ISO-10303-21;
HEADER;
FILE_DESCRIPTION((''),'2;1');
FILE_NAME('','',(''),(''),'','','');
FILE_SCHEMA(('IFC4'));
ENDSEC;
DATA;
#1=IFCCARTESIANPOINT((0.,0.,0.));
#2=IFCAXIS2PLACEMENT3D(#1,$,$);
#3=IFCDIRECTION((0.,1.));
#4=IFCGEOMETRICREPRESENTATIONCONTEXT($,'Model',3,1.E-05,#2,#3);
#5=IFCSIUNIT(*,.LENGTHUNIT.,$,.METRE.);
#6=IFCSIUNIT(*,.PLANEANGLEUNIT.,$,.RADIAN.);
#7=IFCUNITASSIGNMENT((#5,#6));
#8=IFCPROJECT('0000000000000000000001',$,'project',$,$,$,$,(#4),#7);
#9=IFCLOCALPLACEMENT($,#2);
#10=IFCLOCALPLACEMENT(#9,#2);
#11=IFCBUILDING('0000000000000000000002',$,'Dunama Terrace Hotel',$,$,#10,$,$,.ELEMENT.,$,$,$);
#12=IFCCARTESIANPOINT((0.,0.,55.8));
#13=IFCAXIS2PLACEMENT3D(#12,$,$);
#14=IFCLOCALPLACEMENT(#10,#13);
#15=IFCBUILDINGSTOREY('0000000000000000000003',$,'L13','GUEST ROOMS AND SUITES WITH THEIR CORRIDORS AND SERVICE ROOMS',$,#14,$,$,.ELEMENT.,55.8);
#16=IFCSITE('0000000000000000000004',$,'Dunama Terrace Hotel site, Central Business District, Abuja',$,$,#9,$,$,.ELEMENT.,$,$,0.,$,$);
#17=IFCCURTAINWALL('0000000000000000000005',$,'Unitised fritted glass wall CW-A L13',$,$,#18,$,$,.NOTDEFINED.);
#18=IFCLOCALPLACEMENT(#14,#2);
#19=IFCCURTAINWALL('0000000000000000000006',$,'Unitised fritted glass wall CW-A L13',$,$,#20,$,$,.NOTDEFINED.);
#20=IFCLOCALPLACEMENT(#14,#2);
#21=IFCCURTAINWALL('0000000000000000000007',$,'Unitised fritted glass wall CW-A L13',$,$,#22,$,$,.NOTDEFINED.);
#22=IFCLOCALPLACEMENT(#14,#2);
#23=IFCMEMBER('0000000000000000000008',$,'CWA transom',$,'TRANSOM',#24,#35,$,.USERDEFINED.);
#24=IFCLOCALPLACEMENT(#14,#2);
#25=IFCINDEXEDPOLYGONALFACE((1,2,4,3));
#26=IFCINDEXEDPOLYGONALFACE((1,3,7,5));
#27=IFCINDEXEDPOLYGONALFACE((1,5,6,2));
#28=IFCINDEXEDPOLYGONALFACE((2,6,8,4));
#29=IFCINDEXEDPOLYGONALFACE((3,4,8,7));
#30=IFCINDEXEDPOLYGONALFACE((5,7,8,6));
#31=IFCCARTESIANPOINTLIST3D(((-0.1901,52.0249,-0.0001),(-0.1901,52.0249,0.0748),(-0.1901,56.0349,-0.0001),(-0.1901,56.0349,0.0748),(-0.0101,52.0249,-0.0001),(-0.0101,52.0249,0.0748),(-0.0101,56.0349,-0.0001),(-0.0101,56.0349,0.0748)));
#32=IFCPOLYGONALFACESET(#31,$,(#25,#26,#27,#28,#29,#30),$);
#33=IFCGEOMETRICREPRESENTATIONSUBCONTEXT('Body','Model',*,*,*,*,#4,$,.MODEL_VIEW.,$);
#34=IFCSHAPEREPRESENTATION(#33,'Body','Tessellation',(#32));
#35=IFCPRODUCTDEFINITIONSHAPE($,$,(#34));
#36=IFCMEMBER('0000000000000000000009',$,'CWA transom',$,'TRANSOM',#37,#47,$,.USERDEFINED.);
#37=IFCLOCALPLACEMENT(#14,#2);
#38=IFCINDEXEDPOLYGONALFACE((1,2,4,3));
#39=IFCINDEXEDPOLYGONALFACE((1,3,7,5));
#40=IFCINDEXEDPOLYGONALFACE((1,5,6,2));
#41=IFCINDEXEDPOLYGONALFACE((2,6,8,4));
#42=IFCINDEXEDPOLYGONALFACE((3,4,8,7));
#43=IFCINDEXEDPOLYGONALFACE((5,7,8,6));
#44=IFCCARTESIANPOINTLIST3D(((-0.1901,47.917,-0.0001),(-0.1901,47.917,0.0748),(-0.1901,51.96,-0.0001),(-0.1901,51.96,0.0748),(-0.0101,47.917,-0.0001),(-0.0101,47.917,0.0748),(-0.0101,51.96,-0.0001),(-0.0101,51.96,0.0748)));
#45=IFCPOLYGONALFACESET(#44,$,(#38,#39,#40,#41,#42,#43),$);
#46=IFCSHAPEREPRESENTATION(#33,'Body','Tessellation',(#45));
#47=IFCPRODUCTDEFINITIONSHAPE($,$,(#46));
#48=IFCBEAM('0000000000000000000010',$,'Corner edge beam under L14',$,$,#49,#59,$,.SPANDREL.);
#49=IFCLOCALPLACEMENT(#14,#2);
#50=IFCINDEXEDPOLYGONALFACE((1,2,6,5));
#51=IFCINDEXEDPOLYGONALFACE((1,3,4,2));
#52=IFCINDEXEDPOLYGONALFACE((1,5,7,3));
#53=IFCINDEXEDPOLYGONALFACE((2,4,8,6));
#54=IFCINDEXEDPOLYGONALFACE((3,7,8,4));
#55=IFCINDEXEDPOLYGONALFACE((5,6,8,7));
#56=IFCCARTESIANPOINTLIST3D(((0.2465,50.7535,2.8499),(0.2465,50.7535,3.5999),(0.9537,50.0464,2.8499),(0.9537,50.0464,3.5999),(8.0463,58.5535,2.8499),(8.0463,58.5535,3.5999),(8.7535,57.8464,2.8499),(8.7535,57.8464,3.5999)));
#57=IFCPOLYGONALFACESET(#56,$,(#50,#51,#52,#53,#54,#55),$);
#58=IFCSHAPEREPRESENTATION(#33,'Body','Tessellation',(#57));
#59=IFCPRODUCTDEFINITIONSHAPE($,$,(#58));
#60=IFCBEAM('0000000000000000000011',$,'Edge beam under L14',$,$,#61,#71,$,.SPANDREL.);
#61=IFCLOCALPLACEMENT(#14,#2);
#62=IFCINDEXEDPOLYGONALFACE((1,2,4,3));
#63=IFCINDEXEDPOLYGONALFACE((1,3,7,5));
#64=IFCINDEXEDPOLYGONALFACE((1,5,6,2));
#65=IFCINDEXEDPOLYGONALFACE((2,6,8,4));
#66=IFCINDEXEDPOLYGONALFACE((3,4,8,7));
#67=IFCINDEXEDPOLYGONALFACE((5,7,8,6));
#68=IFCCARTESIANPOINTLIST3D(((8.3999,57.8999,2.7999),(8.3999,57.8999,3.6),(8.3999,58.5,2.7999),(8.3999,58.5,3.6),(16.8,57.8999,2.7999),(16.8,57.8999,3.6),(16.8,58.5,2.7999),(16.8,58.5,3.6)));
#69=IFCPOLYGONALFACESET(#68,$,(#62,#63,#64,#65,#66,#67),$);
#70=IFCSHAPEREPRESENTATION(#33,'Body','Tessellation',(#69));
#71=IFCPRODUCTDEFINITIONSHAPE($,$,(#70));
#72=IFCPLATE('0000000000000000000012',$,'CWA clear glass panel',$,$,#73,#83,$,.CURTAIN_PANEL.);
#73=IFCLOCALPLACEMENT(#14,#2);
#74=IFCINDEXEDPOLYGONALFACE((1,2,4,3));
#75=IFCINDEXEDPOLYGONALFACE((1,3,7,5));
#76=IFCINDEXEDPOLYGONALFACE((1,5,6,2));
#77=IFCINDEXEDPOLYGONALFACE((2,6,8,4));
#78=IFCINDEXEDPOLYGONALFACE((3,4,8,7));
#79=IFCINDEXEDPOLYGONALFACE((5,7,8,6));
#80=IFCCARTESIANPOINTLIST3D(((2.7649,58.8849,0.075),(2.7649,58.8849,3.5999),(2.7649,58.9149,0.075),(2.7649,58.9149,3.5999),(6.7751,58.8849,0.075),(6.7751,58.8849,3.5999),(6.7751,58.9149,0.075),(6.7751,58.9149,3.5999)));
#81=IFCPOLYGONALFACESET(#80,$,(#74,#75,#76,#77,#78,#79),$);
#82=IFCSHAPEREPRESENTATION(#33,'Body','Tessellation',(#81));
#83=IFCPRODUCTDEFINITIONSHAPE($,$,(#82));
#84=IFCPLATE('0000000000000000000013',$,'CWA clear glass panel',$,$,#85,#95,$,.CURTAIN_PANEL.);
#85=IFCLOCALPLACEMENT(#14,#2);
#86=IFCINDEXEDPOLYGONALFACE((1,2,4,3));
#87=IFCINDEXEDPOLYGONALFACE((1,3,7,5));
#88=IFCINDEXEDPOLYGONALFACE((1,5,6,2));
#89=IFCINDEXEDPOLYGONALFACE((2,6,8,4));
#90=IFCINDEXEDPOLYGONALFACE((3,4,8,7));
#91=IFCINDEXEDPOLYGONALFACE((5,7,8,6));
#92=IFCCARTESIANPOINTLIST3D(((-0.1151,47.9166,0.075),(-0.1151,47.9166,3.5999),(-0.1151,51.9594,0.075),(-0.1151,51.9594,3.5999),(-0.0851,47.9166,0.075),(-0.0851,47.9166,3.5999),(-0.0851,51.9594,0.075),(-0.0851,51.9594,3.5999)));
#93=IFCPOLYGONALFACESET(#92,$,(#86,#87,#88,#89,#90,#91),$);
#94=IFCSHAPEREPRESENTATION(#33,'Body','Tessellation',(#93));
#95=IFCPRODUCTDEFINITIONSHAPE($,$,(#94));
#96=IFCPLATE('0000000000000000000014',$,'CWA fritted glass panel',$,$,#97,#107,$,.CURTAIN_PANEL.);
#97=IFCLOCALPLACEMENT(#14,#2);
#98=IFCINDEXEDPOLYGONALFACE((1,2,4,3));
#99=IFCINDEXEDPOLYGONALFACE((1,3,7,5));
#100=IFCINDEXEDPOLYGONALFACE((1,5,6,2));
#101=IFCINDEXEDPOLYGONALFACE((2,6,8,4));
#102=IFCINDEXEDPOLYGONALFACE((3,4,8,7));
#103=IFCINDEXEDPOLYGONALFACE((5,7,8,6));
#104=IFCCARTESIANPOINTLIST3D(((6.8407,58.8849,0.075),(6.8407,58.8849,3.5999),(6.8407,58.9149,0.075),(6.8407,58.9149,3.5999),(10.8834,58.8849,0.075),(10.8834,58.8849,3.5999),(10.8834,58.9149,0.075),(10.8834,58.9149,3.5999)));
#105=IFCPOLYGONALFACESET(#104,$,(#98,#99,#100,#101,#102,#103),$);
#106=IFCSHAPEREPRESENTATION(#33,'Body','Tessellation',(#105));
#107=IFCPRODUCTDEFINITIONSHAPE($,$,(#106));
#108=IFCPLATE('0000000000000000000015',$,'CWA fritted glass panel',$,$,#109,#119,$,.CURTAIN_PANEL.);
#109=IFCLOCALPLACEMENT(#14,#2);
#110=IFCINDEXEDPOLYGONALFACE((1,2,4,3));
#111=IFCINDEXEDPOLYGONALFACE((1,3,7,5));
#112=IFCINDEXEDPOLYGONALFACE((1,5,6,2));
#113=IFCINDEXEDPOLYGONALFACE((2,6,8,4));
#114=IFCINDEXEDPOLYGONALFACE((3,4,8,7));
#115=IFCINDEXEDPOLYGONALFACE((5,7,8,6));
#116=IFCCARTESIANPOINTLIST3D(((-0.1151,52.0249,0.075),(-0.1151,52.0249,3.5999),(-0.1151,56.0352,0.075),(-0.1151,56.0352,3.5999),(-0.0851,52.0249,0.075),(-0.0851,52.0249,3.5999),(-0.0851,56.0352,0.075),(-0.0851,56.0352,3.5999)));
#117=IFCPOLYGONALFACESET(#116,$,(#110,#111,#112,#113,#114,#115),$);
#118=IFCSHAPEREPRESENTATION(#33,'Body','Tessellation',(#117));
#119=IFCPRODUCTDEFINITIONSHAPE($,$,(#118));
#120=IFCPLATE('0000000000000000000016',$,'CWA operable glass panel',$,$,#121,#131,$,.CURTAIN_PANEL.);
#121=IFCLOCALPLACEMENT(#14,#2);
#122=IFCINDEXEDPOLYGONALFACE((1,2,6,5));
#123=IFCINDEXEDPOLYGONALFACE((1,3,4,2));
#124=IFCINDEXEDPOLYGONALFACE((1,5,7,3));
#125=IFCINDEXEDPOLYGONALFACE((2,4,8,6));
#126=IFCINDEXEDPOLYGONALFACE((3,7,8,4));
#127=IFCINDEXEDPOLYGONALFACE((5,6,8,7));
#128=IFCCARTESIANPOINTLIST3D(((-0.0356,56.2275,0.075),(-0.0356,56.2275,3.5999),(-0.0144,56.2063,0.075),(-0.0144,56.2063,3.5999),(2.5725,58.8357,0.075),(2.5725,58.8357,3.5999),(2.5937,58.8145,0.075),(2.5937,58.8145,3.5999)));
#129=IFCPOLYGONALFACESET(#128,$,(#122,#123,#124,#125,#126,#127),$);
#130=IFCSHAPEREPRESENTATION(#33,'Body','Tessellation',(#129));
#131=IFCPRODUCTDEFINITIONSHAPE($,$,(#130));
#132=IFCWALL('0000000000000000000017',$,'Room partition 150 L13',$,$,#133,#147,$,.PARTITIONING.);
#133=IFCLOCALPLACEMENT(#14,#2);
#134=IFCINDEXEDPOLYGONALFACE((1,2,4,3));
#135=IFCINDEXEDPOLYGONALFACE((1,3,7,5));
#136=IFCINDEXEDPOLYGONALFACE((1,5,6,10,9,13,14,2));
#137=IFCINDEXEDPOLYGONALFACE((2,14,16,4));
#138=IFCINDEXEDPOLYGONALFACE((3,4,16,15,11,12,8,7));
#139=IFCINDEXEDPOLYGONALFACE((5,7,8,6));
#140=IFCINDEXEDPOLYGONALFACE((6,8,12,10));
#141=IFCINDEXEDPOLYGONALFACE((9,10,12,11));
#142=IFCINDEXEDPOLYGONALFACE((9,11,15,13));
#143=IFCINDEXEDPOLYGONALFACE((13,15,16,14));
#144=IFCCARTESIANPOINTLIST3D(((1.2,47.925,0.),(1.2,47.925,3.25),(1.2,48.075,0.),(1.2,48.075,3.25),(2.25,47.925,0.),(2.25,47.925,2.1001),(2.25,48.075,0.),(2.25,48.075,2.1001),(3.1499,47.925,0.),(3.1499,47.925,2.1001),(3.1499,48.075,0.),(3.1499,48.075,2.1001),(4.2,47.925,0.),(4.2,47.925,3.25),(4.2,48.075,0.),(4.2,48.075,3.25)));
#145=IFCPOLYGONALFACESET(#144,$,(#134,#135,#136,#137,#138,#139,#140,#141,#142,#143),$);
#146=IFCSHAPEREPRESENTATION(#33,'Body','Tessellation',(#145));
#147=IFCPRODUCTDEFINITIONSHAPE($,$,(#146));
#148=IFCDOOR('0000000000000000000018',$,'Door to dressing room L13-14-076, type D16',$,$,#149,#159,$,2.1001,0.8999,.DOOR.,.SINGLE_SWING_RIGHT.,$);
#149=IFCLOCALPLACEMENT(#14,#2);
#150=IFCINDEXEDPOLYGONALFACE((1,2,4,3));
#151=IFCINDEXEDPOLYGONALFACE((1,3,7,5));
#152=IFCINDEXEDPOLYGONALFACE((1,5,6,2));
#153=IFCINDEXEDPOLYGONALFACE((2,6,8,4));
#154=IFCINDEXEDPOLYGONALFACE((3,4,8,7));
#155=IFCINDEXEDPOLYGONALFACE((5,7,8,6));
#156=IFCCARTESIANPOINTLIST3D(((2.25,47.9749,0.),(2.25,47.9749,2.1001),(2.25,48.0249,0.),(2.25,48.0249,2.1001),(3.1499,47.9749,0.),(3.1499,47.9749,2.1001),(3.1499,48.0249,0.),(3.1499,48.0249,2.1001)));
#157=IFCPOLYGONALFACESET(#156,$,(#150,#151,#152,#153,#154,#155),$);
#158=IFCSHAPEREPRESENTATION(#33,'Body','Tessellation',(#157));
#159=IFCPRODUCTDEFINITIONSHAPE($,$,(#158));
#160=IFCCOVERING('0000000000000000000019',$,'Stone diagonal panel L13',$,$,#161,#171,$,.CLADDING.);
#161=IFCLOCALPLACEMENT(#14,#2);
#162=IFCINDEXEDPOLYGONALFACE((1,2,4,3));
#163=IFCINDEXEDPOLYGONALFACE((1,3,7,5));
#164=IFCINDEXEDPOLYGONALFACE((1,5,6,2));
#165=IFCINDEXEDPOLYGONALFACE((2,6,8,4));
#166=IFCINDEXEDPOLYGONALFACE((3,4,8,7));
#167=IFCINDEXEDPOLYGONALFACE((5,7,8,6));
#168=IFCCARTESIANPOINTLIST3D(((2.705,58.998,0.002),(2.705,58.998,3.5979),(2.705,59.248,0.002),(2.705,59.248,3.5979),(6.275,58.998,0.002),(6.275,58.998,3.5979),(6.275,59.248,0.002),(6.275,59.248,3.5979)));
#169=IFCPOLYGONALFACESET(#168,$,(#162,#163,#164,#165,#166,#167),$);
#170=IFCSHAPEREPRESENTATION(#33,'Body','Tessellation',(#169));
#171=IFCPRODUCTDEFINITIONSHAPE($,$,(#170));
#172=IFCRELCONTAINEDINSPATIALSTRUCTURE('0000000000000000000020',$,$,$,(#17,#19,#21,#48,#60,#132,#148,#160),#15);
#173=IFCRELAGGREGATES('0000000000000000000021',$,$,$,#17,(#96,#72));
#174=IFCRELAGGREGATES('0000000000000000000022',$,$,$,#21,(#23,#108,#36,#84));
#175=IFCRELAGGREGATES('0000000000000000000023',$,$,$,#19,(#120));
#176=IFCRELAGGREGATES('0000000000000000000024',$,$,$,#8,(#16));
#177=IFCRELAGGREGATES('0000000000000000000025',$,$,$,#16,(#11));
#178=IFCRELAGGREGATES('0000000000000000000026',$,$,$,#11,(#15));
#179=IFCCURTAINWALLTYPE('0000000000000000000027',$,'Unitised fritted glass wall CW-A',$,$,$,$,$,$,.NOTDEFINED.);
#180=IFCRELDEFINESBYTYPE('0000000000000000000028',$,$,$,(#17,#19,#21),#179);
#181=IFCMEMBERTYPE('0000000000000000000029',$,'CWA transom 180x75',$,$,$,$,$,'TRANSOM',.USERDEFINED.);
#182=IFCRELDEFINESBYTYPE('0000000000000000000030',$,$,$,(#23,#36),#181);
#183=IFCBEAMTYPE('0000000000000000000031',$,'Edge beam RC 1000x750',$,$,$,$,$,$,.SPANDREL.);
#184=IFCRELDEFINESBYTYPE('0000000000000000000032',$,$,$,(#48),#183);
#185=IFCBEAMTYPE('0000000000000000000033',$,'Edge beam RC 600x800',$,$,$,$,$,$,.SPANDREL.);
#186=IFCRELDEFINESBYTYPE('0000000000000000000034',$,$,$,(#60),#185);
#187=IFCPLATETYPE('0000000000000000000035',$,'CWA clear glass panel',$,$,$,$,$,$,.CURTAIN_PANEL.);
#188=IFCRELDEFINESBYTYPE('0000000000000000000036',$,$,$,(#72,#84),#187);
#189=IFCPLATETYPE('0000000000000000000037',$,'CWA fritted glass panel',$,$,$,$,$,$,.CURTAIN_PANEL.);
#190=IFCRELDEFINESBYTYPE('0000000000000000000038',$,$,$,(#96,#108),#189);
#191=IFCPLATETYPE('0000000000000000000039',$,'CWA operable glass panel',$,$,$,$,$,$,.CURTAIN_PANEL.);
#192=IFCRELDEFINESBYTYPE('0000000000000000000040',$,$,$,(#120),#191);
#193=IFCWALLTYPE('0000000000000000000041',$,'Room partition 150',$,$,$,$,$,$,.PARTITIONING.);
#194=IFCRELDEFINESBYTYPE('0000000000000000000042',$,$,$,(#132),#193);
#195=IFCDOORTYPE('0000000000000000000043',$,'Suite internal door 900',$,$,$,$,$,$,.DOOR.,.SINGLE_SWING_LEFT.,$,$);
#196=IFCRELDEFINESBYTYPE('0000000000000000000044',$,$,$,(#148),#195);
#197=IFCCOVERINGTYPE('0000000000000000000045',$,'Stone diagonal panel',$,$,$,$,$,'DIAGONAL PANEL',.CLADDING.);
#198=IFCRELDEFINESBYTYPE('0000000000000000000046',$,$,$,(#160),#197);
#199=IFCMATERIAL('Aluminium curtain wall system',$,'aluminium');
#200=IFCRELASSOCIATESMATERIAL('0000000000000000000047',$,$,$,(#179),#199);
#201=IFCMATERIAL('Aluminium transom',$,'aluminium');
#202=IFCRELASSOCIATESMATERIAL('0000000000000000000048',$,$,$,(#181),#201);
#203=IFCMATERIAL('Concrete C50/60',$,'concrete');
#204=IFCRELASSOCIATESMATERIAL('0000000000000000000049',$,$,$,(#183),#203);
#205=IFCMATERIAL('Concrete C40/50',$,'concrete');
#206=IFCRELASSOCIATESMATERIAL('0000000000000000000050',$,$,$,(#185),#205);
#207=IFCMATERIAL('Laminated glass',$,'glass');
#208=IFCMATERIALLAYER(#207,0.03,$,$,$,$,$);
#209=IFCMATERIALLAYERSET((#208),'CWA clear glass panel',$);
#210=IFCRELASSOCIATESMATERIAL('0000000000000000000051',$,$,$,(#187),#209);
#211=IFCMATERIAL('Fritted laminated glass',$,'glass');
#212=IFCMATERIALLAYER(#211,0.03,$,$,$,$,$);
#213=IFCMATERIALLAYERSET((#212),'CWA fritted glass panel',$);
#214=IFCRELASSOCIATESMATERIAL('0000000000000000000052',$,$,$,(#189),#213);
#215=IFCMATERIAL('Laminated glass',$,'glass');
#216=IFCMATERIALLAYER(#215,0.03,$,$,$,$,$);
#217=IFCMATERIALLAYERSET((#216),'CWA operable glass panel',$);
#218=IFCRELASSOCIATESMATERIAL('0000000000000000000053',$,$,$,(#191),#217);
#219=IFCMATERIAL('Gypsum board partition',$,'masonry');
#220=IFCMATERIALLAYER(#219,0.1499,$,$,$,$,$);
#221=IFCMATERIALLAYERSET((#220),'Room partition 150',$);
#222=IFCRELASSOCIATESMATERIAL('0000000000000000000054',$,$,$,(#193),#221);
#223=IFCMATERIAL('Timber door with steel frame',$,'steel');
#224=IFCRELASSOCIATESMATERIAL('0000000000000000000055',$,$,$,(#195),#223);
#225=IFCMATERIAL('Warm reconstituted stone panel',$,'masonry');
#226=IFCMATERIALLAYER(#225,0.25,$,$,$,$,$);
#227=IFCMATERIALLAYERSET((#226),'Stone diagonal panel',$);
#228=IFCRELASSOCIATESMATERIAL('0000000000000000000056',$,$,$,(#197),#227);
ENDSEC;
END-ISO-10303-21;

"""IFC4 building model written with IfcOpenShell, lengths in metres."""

from ifc_helpers import new_model, si_unit, direction, frame, frame_2d, origin, origin_2d, place, context, subcontext, project, spatial, rectangle, extrude, material, layer, layer_set, material_profile, profile_set, type_object, element, fill, aggregate, save


model = new_model("IFC4")

# Units and contexts
model_context = context("Model", 3, precision=1e-05, world=origin(), true_north=direction((0.0, 1.0)))
body_context = subcontext(model_context, "Body", "Model", "MODEL_VIEW")
ifc_project = project(units=[si_unit("LENGTHUNIT", "METRE"), si_unit("PLANEANGLEUNIT", "RADIAN")], contexts=[model_context])

# Site, building, storey
site_placement = place(None, origin())
site = spatial("IfcSite", under=ifc_project, at=site_placement, Name="Dunama Terrace Hotel site, Central Business District, Abuja", CompositionType="ELEMENT", RefElevation=0.0)
building_placement = place(site_placement, origin())
building = spatial("IfcBuilding", under=site, at=building_placement, Name="Dunama Terrace Hotel", CompositionType="ELEMENT")
storey_placement = place(building_placement, frame((0.0, 0.0, 55.8)))
storey = spatial("IfcBuildingStorey", under=building, at=storey_placement, Name="L13", Description="GUEST ROOMS AND SUITES WITH THEIR CORRIDORS AND SERVICE ROOMS", CompositionType="ELEMENT", Elevation=55.8)

# Curtain walls
ifc_material_1 = material(Name="Aluminium curtain wall system", Category="aluminium")
curtain_wall_type = type_object("IfcCurtainWallType", Name="Unitised fritted glass wall CW-A", PredefinedType="NOTDEFINED", material=ifc_material_1)
curtain_wall_1_placement = place(storey_placement, origin())
curtain_wall_1 = element("IfcCurtainWall", 1, at=curtain_wall_1_placement, inside=storey, type_object=curtain_wall_type, Name="Unitised fritted glass wall CW-A L13", PredefinedType="NOTDEFINED")
curtain_wall_2_placement = place(storey_placement, origin())
curtain_wall_2 = element("IfcCurtainWall", 2, at=curtain_wall_2_placement, inside=storey, type_object=curtain_wall_type, Name="Unitised fritted glass wall CW-A L13", PredefinedType="NOTDEFINED")
curtain_wall_3_placement = place(storey_placement, origin())
curtain_wall_3 = element("IfcCurtainWall", 3, at=curtain_wall_3_placement, inside=storey, type_object=curtain_wall_type, Name="Unitised fritted glass wall CW-A L13", PredefinedType="NOTDEFINED")

# Members
ifc_material_2 = material(Name="Aluminium transom", Category="aluminium")
ifc_material_profile_1 = material_profile(ifc_material_2, rectangle(XDim=0.1799, YDim=0.075, at=origin_2d()), Name="CWA TRANSOM 180X75")
ifc_profile_set_1 = profile_set([ifc_material_profile_1], Name="Aluminium transom")
member_type_1 = type_object("IfcMemberType", Name="CWA transom 180x75", ElementType="TRANSOM", PredefinedType="USERDEFINED", material=ifc_profile_set_1)
member_1_placement = place(storey_placement, frame((-0.1001, 56.0349, 0.0374), z_axis=(0.0, -1.0, 0.0), x_axis=(1.0, 0.0, 0.0)))
member_1 = element("IfcMember", 4, at=member_1_placement, type_object=member_type_1, Name="CWA transom", ObjectType="TRANSOM", PredefinedType="USERDEFINED", context=body_context, shape_type="SweptSolid", body=[
    extrude(rectangle(XDim=0.1799, YDim=0.075, at=origin_2d()), origin(), (0.0, 0.0, 1.0), 4.01),
])
member_2_placement = place(storey_placement, frame((-0.1001, 51.96, 0.0374), z_axis=(0.0, -1.0, 0.0), x_axis=(1.0, 0.0, 0.0)))
member_2 = element("IfcMember", 5, at=member_2_placement, type_object=member_type_1, Name="CWA transom", ObjectType="TRANSOM", PredefinedType="USERDEFINED", context=body_context, shape_type="SweptSolid", body=[
    extrude(rectangle(XDim=0.1799, YDim=0.075, at=origin_2d()), origin(), (0.0, 0.0, 1.0), 4.043),
])

# Beams
ifc_material_3 = material(Name="Concrete C50/60", Category="concrete")
ifc_material_profile_2 = material_profile(ifc_material_3, rectangle(XDim=1.0, YDim=0.75, at=origin_2d()), Name="RC 1000x750")
ifc_profile_set_2 = profile_set([ifc_material_profile_2], Name="Concrete C50/60")
beam_type_1 = type_object("IfcBeamType", Name="Edge beam RC 1000x750", PredefinedType="SPANDREL", material=ifc_profile_set_2)
beam_1_placement = place(storey_placement, frame((8.3999, 58.2, 3.2249), z_axis=(-0.707096, -0.707118, 0.0), x_axis=(0.707118, -0.707096, 0.0)))
element("IfcBeam", 6, at=beam_1_placement, inside=storey, type_object=beam_type_1, Name="Corner edge beam under L14", PredefinedType="SPANDREL", context=body_context, shape_type="SweptSolid", body=[
    extrude(rectangle(XDim=1.0, YDim=0.75, at=origin_2d()), origin(), (0.0, 0.0, 1.0), 11.0308),
])
ifc_material_4 = material(Name="Concrete C40/50", Category="concrete")
ifc_material_profile_3 = material_profile(ifc_material_4, rectangle(XDim=0.6001, YDim=0.8, at=origin_2d()), Name="RC 600x800")
ifc_profile_set_3 = profile_set([ifc_material_profile_3], Name="Concrete C40/50")
beam_type_2 = type_object("IfcBeamType", Name="Edge beam RC 600x800", PredefinedType="SPANDREL", material=ifc_profile_set_3)
beam_2_placement = place(storey_placement, frame((8.3999, 58.2, 3.2), z_axis=(1.0, 0.0, 0.0), x_axis=(0.0, 1.0, 0.0)))
element("IfcBeam", 7, at=beam_2_placement, inside=storey, type_object=beam_type_2, Name="Edge beam under L14", PredefinedType="SPANDREL", context=body_context, shape_type="SweptSolid", body=[
    extrude(rectangle(XDim=0.6001, YDim=0.8, at=origin_2d()), origin(), (0.0, 0.0, 1.0), 8.4001),
])

# Plates
ifc_material_5 = material(Name="Laminated glass", Category="glass")
ifc_layer_1 = layer(ifc_material_5, 0.03)
ifc_layer_set_1 = layer_set([ifc_layer_1], Name="CWA clear glass panel")
plate_type_1 = type_object("IfcPlateType", Name="CWA clear glass panel", PredefinedType="CURTAIN_PANEL", material=ifc_layer_set_1)
plate_1_placement = place(storey_placement, frame((4.77, 58.8999, 0.075), z_axis=(0.0, 0.0, 1.0), x_axis=(-1.0, 0.0, 0.0)))
plate_1 = element("IfcPlate", 8, at=plate_1_placement, type_object=plate_type_1, Name="CWA clear glass panel", PredefinedType="CURTAIN_PANEL", context=body_context, shape_type="SweptSolid", body=[
    extrude(rectangle(XDim=4.0103, YDim=0.03, at=origin_2d()), origin(), (0.0, 0.0, 1.0), 3.5249),
])
plate_2_placement = place(storey_placement, frame((-0.1001, 49.938, 0.075), z_axis=(0.0, 0.0, 1.0), x_axis=(0.0, -1.0, 0.0)))
plate_2 = element("IfcPlate", 9, at=plate_2_placement, type_object=plate_type_1, Name="CWA clear glass panel", PredefinedType="CURTAIN_PANEL", context=body_context, shape_type="SweptSolid", body=[
    extrude(rectangle(XDim=4.0427, YDim=0.03, at=origin_2d()), origin(), (0.0, 0.0, 1.0), 3.5249),
])
ifc_material_6 = material(Name="Fritted laminated glass", Category="glass")
ifc_layer_2 = layer(ifc_material_6, 0.03)
ifc_layer_set_2 = layer_set([ifc_layer_2], Name="CWA fritted glass panel")
plate_type_2 = type_object("IfcPlateType", Name="CWA fritted glass panel", PredefinedType="CURTAIN_PANEL", material=ifc_layer_set_2)
plate_3_placement = place(storey_placement, frame((8.8621, 58.8999, 0.075), z_axis=(0.0, 0.0, 1.0), x_axis=(-1.0, 0.0, 0.0)))
plate_3 = element("IfcPlate", 10, at=plate_3_placement, type_object=plate_type_2, Name="CWA fritted glass panel", PredefinedType="CURTAIN_PANEL", context=body_context, shape_type="SweptSolid", body=[
    extrude(rectangle(XDim=4.0427, YDim=0.03, at=origin_2d()), origin(), (0.0, 0.0, 1.0), 3.5249),
])
aggregate(curtain_wall_1, [plate_3, plate_1])
plate_4_placement = place(storey_placement, frame((-0.1001, 54.03, 0.075), z_axis=(0.0, 0.0, 1.0), x_axis=(0.0, -1.0, 0.0)))
plate_4 = element("IfcPlate", 11, at=plate_4_placement, type_object=plate_type_2, Name="CWA fritted glass panel", PredefinedType="CURTAIN_PANEL", context=body_context, shape_type="SweptSolid", body=[
    extrude(rectangle(XDim=4.0103, YDim=0.03, at=origin_2d()), origin(), (0.0, 0.0, 1.0), 3.5249),
])
aggregate(curtain_wall_3, [member_1, plate_4, member_2, plate_2])
ifc_material_7 = material(Name="Laminated glass", Category="glass")
ifc_layer_3 = layer(ifc_material_7, 0.03)
ifc_layer_set_3 = layer_set([ifc_layer_3], Name="CWA operable glass panel")
plate_type_3 = type_object("IfcPlateType", Name="CWA operable glass panel", PredefinedType="CURTAIN_PANEL", material=ifc_layer_set_3)
plate_5_placement = place(storey_placement, frame((1.2791, 57.521, 0.075), z_axis=(0.0, 0.0, 1.0), x_axis=(-0.707107, -0.707107, 0.0)))
plate_5 = element("IfcPlate", 12, at=plate_5_placement, type_object=plate_type_3, Name="CWA operable glass panel", PredefinedType="CURTAIN_PANEL", context=body_context, shape_type="SweptSolid", body=[
    extrude(rectangle(XDim=3.6885, YDim=0.03, at=origin_2d()), origin(), (0.0, 0.0, 1.0), 3.5249),
])
aggregate(curtain_wall_2, [plate_5])

# Wall, opening, door
ifc_material_8 = material(Name="Gypsum board partition", Category="masonry")
ifc_layer_4 = layer(ifc_material_8, 0.1499)
ifc_layer_set_4 = layer_set([ifc_layer_4], Name="Room partition 150")
wall_type = type_object("IfcWallType", Name="Room partition 150", PredefinedType="PARTITIONING", material=ifc_layer_set_4)
wall_placement = place(storey_placement, frame((1.2, 48.0, 0.0), z_axis=(0.0, 0.0, 1.0), x_axis=(1.0, 0.0, 0.0)))
wall = element("IfcWall", 13, at=wall_placement, inside=storey, type_object=wall_type, Name="Room partition 150 L13", PredefinedType="PARTITIONING", context=body_context, shape_type="SweptSolid", body=[
    extrude(rectangle(XDim=3.0, YDim=0.1499, at=frame_2d((1.5, 0.0))), origin(), (0.0, 0.0, 1.0), 3.25),
])
opening_placement = place(wall_placement, frame((1.05, 0.0, 0.0)))
opening = element("IfcOpeningElement", 14, at=opening_placement, cuts=wall, PredefinedType="OPENING", context=body_context, shape_type="SweptSolid", body=[
    extrude(rectangle(XDim=0.8999, YDim=2.1001, at=frame_2d((0.45, 1.05))), frame((0.0, 0.085, 0.0), z_axis=(0.0, -1.0, 0.0), x_axis=(1.0, 0.0, 0.0)), (0.0, 0.0, 1.0), 0.1699),
])
ifc_material_9 = material(Name="Timber door with steel frame", Category="steel")
door_type = type_object("IfcDoorType", Name="Suite internal door 900", OperationType="SINGLE_SWING_LEFT", PredefinedType="DOOR", material=ifc_material_9)
door_placement = place(opening_placement, frame((0.8999, 0.0, 0.0), z_axis=(0.0, 0.0, 1.0), x_axis=(-1.0, 0.0, 0.0)))
door = element("IfcDoor", 15, at=door_placement, inside=storey, type_object=door_type, Name="Door to dressing room L13-14-076, type D16", OperationType="SINGLE_SWING_RIGHT", OverallHeight=2.1001, OverallWidth=0.8999, PredefinedType="DOOR", context=body_context, shape_type="SweptSolid", body=[
    extrude(rectangle(XDim=0.8999, YDim=2.1001, at=frame_2d((0.45, 1.05))), frame((0.0, 0.0251, 0.0), z_axis=(0.0, -1.0, 0.0), x_axis=(1.0, 0.0, 0.0)), (0.0, 0.0, 1.0), 0.05),
])
fill(opening, door)

# Covering
ifc_material_10 = material(Name="Warm reconstituted stone panel", Category="masonry")
ifc_layer_5 = layer(ifc_material_10, 0.25)
ifc_layer_set_5 = layer_set([ifc_layer_5], Name="Stone diagonal panel")
covering_type = type_object("IfcCoveringType", Name="Stone diagonal panel", ElementType="DIAGONAL PANEL", PredefinedType="CLADDING", material=ifc_layer_set_5)
covering_1_placement = place(storey_placement, frame((4.49, 59.123, 0.002), z_axis=(0.0, 0.0, 1.0), x_axis=(-1.0, 0.0, 0.0)))
element("IfcCovering", 16, at=covering_1_placement, inside=storey, type_object=covering_type, Name="Stone diagonal panel L13", PredefinedType="CLADDING", context=body_context, shape_type="SweptSolid", body=[
    extrude(rectangle(XDim=3.5701, YDim=0.25, at=origin_2d()), origin(), (0.0, 0.0, 1.0), 3.5959),
])

save(model, "model.ifc")
